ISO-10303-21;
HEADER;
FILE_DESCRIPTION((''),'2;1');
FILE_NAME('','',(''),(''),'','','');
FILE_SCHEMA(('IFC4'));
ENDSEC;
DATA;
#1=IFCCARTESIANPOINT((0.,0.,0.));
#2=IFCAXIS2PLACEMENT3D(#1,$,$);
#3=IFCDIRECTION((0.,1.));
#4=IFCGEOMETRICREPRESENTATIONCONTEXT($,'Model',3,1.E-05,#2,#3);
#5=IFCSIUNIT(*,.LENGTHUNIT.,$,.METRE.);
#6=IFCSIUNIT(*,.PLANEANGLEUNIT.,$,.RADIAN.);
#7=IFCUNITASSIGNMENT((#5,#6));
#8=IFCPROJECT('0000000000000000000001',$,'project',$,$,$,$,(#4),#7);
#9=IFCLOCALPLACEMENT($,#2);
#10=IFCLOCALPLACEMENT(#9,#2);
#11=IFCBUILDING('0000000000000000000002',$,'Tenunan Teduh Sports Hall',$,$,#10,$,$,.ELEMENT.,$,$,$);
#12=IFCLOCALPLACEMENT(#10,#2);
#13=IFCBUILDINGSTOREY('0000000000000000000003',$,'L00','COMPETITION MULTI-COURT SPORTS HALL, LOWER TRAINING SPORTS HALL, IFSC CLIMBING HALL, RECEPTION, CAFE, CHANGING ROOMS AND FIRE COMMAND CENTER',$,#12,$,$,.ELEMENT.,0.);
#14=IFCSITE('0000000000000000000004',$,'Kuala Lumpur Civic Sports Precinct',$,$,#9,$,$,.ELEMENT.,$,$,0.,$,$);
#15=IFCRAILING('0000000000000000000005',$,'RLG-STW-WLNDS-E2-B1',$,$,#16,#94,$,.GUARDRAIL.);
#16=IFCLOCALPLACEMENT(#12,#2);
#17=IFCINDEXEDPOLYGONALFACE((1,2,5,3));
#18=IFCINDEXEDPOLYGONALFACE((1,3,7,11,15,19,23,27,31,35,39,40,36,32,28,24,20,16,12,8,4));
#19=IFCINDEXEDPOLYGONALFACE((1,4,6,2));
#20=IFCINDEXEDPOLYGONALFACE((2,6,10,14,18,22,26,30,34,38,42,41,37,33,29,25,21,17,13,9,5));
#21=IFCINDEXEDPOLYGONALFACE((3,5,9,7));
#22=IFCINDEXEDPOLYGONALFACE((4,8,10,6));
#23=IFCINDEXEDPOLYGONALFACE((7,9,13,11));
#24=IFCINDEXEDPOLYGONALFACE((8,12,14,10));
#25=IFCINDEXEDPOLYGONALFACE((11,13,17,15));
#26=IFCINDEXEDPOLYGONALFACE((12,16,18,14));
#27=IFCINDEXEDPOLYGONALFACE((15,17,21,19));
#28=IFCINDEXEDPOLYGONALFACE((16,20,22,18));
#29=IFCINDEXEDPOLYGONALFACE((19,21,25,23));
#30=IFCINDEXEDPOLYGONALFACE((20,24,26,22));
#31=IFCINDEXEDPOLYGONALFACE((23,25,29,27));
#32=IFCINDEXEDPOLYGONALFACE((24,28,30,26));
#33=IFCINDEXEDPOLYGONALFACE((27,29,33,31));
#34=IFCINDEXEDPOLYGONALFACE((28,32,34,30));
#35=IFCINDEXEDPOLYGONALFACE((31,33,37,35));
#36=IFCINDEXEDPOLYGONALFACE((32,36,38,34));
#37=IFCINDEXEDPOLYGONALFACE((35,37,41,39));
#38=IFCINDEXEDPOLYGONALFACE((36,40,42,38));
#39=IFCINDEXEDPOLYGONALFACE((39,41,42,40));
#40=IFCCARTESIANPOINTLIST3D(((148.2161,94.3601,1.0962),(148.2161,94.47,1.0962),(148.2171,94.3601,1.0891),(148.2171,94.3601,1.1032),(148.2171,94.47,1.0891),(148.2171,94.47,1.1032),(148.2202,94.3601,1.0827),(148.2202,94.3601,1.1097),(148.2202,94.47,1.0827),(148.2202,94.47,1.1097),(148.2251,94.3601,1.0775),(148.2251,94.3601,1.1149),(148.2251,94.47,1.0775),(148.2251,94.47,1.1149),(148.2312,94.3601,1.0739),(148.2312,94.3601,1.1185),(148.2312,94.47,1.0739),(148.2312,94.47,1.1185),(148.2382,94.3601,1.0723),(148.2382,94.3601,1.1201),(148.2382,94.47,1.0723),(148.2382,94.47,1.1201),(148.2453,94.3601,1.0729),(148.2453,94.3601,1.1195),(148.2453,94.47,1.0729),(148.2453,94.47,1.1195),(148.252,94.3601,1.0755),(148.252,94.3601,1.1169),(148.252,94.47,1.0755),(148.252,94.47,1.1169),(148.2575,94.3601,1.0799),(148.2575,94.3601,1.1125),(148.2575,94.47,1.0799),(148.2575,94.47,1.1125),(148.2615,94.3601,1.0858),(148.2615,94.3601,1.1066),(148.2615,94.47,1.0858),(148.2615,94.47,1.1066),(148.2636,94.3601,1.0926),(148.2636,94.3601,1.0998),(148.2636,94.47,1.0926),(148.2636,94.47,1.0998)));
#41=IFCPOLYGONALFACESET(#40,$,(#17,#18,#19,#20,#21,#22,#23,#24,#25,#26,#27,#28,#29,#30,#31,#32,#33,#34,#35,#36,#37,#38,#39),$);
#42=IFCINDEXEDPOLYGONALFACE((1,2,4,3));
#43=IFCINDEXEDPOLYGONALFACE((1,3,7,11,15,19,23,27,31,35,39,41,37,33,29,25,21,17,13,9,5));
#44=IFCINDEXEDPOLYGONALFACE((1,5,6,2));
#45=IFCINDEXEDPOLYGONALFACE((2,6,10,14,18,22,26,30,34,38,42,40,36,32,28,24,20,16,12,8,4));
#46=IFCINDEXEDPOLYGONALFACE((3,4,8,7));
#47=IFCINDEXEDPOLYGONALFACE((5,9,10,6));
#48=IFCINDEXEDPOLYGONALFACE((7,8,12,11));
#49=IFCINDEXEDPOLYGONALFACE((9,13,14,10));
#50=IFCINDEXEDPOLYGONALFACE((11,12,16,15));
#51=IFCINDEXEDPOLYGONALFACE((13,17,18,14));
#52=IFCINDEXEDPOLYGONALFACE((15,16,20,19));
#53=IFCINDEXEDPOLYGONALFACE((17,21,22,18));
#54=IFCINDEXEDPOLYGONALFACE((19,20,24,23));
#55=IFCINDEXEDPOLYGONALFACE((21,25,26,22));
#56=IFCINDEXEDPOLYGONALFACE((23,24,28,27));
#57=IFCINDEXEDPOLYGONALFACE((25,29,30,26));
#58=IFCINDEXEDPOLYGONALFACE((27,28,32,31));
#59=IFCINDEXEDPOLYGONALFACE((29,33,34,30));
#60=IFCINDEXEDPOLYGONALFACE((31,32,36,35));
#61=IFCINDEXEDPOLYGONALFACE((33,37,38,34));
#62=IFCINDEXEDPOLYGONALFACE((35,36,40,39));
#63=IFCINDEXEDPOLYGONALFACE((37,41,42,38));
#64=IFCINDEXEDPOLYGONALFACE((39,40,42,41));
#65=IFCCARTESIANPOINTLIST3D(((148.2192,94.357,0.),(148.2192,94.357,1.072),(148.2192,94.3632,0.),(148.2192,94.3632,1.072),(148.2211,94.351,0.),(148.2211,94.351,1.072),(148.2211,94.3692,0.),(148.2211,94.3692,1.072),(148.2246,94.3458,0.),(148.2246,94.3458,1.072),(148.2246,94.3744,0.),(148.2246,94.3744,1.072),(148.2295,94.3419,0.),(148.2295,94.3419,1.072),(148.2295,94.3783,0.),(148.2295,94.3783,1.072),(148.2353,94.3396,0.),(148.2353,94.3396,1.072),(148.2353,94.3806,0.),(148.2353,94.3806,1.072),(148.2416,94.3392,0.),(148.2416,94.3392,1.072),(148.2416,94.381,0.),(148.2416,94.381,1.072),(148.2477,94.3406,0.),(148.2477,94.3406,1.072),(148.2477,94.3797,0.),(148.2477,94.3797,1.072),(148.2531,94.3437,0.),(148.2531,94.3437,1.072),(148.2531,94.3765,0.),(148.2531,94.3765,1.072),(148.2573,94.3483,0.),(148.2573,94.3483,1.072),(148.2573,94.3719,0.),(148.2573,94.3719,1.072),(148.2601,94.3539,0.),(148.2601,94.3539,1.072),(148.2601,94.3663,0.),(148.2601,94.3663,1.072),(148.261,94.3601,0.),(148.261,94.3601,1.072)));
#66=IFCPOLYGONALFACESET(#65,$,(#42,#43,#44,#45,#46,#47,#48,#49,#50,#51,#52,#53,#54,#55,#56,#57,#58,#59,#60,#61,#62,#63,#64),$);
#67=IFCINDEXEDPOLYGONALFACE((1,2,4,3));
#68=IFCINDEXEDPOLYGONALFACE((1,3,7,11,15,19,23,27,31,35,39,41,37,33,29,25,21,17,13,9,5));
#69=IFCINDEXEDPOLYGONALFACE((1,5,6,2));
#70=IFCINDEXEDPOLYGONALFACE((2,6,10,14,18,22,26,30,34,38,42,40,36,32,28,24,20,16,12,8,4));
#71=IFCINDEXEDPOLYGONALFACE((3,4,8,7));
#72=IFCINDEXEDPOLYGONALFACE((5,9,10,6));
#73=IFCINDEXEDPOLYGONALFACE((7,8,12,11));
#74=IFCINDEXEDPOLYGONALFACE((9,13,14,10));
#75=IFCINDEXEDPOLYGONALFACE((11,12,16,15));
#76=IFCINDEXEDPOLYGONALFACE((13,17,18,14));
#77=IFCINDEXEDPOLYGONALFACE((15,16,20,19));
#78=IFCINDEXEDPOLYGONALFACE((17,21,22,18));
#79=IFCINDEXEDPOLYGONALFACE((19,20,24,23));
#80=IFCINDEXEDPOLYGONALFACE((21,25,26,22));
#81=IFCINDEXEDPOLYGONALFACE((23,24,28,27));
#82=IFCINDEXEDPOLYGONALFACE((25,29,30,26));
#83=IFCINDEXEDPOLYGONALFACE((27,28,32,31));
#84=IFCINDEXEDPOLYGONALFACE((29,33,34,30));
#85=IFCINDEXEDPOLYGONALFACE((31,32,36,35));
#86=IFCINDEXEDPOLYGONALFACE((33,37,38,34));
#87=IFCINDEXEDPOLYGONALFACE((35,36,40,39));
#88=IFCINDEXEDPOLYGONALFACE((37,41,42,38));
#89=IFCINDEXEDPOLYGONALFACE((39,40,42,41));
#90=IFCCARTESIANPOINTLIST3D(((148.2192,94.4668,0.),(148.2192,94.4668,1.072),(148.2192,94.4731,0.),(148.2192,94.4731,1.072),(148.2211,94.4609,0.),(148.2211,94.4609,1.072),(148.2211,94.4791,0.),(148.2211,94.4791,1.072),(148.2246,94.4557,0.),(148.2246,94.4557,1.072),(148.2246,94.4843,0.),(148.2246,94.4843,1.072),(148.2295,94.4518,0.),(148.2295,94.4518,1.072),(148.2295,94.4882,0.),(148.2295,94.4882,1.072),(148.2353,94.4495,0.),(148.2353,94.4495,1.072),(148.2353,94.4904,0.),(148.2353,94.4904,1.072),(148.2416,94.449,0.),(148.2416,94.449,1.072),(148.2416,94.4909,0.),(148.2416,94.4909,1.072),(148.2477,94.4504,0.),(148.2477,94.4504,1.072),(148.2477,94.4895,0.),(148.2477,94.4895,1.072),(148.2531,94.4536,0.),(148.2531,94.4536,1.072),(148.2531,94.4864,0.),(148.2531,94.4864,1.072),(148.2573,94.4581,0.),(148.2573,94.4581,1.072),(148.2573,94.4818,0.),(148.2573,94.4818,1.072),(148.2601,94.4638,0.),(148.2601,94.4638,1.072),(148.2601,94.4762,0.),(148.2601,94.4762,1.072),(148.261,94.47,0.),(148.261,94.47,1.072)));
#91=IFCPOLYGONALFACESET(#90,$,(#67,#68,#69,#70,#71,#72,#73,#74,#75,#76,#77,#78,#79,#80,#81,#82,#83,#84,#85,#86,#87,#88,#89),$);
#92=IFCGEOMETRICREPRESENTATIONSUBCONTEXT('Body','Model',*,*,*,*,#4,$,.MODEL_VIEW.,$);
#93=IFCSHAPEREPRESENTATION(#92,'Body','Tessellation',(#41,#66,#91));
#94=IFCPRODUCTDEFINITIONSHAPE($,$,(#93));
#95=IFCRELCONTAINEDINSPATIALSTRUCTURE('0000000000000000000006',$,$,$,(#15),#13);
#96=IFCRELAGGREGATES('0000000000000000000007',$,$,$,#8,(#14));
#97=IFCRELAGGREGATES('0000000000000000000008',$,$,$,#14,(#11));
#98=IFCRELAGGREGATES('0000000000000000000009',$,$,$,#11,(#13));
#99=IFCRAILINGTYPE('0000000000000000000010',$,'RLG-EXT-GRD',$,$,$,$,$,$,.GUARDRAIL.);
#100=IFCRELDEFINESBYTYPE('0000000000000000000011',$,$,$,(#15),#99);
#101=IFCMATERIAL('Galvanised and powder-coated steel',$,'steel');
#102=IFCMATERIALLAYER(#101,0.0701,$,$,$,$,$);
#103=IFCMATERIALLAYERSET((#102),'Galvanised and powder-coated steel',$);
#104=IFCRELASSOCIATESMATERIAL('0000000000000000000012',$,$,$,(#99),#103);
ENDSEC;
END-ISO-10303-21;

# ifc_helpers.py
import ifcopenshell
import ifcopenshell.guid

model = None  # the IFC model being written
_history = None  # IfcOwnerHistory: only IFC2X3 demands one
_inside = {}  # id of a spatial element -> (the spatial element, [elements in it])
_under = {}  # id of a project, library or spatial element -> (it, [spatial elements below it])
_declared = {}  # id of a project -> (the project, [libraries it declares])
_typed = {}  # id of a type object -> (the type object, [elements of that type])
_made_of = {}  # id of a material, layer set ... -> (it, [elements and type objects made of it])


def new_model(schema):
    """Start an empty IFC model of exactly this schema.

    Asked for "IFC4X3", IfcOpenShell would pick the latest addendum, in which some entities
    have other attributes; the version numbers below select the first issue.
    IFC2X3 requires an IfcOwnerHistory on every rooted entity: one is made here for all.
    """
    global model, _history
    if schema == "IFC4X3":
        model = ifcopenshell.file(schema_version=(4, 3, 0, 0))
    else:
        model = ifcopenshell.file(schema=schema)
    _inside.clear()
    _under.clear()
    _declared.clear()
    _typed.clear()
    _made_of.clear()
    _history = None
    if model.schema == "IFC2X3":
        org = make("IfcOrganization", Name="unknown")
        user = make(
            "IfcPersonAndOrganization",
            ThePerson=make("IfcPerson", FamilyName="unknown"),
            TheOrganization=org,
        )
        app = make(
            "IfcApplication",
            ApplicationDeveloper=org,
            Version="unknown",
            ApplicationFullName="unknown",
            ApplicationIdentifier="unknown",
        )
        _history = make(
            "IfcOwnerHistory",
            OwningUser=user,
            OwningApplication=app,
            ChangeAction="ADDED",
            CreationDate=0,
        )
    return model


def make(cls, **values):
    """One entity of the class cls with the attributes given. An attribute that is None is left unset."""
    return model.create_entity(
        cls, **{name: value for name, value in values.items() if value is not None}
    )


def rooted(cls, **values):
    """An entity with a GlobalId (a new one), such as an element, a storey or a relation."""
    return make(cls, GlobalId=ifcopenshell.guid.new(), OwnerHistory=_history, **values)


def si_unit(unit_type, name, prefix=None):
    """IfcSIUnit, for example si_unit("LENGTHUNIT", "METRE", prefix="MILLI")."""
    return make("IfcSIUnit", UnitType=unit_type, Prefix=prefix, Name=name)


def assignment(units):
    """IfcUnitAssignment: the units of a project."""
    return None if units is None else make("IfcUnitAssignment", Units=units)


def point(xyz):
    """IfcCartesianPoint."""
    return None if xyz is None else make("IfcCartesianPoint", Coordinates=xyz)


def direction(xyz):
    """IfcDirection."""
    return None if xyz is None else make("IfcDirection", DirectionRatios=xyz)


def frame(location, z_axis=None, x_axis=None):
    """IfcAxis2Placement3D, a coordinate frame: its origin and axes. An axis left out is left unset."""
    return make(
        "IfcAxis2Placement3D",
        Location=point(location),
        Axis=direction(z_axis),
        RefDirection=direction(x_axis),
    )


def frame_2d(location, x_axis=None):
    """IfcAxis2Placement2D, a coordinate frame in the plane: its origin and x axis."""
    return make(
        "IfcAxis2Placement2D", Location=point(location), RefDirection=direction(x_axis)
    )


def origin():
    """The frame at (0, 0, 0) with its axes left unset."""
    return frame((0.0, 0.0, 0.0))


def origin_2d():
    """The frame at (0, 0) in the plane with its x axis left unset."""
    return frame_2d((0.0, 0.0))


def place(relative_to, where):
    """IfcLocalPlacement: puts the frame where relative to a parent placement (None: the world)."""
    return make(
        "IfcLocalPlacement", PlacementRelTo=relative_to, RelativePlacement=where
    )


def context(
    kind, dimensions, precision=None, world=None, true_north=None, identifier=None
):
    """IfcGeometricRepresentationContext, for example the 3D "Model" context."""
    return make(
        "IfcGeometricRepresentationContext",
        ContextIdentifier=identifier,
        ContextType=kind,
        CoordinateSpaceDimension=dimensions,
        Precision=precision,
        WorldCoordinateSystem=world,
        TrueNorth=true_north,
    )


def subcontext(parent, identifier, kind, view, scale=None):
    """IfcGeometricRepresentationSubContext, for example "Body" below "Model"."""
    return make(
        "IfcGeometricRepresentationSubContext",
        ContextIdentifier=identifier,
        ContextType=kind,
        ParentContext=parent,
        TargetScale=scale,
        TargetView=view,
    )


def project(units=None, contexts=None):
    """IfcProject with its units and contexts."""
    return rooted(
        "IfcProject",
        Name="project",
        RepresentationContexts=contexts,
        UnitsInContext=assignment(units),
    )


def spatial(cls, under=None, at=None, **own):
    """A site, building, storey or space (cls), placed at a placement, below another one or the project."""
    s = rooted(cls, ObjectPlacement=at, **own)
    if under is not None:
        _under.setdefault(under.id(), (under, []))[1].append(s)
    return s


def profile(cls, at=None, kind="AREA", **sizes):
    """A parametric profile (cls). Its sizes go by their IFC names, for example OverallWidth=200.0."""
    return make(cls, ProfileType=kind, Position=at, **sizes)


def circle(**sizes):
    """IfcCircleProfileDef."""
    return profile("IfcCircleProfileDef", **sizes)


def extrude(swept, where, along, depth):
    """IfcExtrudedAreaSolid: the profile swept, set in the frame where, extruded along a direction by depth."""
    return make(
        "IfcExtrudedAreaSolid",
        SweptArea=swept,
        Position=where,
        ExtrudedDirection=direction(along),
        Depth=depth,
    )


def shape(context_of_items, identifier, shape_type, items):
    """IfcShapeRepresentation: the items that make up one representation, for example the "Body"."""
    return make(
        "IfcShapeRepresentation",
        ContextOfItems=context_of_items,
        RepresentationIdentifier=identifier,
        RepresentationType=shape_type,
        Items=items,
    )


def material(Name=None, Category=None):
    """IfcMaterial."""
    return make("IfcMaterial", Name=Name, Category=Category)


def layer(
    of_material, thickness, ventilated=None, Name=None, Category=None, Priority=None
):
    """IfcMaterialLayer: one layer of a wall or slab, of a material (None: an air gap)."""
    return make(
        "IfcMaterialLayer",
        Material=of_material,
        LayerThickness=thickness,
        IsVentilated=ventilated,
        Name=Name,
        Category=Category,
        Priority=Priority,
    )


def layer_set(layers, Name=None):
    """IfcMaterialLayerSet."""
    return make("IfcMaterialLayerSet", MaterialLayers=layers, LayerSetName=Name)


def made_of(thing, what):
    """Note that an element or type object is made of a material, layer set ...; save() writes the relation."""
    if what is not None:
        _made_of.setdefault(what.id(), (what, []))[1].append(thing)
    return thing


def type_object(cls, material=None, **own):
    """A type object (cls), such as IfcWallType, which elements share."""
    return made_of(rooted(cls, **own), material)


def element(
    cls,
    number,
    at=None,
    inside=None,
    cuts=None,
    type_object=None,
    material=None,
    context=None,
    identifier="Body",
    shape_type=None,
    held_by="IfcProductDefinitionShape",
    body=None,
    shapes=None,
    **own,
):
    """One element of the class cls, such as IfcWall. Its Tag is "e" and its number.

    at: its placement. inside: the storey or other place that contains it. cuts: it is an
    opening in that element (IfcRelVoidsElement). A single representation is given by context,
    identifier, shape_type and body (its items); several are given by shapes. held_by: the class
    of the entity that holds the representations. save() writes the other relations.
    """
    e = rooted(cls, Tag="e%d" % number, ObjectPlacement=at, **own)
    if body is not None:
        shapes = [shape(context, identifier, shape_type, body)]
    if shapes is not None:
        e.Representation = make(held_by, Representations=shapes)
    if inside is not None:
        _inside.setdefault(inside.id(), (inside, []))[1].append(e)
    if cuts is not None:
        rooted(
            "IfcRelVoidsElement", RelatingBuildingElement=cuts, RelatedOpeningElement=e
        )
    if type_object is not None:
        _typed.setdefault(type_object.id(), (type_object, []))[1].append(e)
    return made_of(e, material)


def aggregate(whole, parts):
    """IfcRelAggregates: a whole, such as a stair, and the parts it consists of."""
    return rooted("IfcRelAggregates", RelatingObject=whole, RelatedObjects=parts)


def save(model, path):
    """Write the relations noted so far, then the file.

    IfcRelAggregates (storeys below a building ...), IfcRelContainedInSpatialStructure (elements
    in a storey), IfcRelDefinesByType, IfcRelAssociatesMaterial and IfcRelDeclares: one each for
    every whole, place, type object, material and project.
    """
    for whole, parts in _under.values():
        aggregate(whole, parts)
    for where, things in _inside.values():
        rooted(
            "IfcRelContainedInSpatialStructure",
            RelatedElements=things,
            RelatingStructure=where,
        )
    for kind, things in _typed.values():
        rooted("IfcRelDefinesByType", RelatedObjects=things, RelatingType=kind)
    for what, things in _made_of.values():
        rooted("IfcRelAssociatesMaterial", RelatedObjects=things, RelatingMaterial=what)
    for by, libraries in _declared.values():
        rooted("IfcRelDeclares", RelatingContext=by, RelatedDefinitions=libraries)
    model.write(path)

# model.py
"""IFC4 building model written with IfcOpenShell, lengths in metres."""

from ifc_helpers import new_model, si_unit, direction, frame, origin, origin_2d, place, context, subcontext, project, spatial, circle, extrude, material, layer, layer_set, type_object, element, save


model = new_model("IFC4")

# Units and contexts
model_context = context("Model", 3, precision=1e-05, world=origin(), true_north=direction((0.0, 1.0)))
body_context = subcontext(model_context, "Body", "Model", "MODEL_VIEW")
ifc_project = project(units=[si_unit("LENGTHUNIT", "METRE"), si_unit("PLANEANGLEUNIT", "RADIAN")], contexts=[model_context])

# Site, building, storey
site_placement = place(None, origin())
site = spatial("IfcSite", under=ifc_project, at=site_placement, Name="Kuala Lumpur Civic Sports Precinct", CompositionType="ELEMENT", RefElevation=0.0)
building_placement = place(site_placement, origin())
building = spatial("IfcBuilding", under=site, at=building_placement, Name="Tenunan Teduh Sports Hall", CompositionType="ELEMENT")
storey_placement = place(building_placement, origin())
storey = spatial("IfcBuildingStorey", under=building, at=storey_placement, Name="L00", Description="COMPETITION MULTI-COURT SPORTS HALL, LOWER TRAINING SPORTS HALL, IFSC CLIMBING HALL, RECEPTION, CAFE, CHANGING ROOMS AND FIRE COMMAND CENTER", CompositionType="ELEMENT", Elevation=0.0)

# Railing
ifc_material_1 = material(Name="Galvanised and powder-coated steel", Category="steel")
ifc_layer_1 = layer(ifc_material_1, 0.0701)
ifc_layer_set_1 = layer_set([ifc_layer_1], Name="Galvanised and powder-coated steel")
railing_type = type_object("IfcRailingType", Name="RLG-EXT-GRD", PredefinedType="GUARDRAIL", material=ifc_layer_set_1)
railing_placement = place(storey_placement, frame((148.24, 94.3601, 0.0)))
element("IfcRailing", 1, at=railing_placement, inside=storey, type_object=railing_type, Name="RLG-STW-WLNDS-E2-B1", PredefinedType="GUARDRAIL", context=body_context, shape_type="SweptSolid", body=[
    extrude(circle(Radius=0.0239, at=origin_2d()), frame((0.0, 0.0, 1.0962), z_axis=(0.0, 1.0, 0.0), x_axis=(-1.0, 0.0, 0.0)), (0.0, 0.0, 1.0), 0.1099),
    extrude(circle(Radius=0.021, at=origin_2d()), origin(), (0.0, 0.0, 1.0), 1.072),
    extrude(circle(Radius=0.021, at=origin_2d()), frame((0.0, 0.1099, 0.0)), (0.0, 0.0, 1.0), 1.072),
])

save(model, "model.ifc")
